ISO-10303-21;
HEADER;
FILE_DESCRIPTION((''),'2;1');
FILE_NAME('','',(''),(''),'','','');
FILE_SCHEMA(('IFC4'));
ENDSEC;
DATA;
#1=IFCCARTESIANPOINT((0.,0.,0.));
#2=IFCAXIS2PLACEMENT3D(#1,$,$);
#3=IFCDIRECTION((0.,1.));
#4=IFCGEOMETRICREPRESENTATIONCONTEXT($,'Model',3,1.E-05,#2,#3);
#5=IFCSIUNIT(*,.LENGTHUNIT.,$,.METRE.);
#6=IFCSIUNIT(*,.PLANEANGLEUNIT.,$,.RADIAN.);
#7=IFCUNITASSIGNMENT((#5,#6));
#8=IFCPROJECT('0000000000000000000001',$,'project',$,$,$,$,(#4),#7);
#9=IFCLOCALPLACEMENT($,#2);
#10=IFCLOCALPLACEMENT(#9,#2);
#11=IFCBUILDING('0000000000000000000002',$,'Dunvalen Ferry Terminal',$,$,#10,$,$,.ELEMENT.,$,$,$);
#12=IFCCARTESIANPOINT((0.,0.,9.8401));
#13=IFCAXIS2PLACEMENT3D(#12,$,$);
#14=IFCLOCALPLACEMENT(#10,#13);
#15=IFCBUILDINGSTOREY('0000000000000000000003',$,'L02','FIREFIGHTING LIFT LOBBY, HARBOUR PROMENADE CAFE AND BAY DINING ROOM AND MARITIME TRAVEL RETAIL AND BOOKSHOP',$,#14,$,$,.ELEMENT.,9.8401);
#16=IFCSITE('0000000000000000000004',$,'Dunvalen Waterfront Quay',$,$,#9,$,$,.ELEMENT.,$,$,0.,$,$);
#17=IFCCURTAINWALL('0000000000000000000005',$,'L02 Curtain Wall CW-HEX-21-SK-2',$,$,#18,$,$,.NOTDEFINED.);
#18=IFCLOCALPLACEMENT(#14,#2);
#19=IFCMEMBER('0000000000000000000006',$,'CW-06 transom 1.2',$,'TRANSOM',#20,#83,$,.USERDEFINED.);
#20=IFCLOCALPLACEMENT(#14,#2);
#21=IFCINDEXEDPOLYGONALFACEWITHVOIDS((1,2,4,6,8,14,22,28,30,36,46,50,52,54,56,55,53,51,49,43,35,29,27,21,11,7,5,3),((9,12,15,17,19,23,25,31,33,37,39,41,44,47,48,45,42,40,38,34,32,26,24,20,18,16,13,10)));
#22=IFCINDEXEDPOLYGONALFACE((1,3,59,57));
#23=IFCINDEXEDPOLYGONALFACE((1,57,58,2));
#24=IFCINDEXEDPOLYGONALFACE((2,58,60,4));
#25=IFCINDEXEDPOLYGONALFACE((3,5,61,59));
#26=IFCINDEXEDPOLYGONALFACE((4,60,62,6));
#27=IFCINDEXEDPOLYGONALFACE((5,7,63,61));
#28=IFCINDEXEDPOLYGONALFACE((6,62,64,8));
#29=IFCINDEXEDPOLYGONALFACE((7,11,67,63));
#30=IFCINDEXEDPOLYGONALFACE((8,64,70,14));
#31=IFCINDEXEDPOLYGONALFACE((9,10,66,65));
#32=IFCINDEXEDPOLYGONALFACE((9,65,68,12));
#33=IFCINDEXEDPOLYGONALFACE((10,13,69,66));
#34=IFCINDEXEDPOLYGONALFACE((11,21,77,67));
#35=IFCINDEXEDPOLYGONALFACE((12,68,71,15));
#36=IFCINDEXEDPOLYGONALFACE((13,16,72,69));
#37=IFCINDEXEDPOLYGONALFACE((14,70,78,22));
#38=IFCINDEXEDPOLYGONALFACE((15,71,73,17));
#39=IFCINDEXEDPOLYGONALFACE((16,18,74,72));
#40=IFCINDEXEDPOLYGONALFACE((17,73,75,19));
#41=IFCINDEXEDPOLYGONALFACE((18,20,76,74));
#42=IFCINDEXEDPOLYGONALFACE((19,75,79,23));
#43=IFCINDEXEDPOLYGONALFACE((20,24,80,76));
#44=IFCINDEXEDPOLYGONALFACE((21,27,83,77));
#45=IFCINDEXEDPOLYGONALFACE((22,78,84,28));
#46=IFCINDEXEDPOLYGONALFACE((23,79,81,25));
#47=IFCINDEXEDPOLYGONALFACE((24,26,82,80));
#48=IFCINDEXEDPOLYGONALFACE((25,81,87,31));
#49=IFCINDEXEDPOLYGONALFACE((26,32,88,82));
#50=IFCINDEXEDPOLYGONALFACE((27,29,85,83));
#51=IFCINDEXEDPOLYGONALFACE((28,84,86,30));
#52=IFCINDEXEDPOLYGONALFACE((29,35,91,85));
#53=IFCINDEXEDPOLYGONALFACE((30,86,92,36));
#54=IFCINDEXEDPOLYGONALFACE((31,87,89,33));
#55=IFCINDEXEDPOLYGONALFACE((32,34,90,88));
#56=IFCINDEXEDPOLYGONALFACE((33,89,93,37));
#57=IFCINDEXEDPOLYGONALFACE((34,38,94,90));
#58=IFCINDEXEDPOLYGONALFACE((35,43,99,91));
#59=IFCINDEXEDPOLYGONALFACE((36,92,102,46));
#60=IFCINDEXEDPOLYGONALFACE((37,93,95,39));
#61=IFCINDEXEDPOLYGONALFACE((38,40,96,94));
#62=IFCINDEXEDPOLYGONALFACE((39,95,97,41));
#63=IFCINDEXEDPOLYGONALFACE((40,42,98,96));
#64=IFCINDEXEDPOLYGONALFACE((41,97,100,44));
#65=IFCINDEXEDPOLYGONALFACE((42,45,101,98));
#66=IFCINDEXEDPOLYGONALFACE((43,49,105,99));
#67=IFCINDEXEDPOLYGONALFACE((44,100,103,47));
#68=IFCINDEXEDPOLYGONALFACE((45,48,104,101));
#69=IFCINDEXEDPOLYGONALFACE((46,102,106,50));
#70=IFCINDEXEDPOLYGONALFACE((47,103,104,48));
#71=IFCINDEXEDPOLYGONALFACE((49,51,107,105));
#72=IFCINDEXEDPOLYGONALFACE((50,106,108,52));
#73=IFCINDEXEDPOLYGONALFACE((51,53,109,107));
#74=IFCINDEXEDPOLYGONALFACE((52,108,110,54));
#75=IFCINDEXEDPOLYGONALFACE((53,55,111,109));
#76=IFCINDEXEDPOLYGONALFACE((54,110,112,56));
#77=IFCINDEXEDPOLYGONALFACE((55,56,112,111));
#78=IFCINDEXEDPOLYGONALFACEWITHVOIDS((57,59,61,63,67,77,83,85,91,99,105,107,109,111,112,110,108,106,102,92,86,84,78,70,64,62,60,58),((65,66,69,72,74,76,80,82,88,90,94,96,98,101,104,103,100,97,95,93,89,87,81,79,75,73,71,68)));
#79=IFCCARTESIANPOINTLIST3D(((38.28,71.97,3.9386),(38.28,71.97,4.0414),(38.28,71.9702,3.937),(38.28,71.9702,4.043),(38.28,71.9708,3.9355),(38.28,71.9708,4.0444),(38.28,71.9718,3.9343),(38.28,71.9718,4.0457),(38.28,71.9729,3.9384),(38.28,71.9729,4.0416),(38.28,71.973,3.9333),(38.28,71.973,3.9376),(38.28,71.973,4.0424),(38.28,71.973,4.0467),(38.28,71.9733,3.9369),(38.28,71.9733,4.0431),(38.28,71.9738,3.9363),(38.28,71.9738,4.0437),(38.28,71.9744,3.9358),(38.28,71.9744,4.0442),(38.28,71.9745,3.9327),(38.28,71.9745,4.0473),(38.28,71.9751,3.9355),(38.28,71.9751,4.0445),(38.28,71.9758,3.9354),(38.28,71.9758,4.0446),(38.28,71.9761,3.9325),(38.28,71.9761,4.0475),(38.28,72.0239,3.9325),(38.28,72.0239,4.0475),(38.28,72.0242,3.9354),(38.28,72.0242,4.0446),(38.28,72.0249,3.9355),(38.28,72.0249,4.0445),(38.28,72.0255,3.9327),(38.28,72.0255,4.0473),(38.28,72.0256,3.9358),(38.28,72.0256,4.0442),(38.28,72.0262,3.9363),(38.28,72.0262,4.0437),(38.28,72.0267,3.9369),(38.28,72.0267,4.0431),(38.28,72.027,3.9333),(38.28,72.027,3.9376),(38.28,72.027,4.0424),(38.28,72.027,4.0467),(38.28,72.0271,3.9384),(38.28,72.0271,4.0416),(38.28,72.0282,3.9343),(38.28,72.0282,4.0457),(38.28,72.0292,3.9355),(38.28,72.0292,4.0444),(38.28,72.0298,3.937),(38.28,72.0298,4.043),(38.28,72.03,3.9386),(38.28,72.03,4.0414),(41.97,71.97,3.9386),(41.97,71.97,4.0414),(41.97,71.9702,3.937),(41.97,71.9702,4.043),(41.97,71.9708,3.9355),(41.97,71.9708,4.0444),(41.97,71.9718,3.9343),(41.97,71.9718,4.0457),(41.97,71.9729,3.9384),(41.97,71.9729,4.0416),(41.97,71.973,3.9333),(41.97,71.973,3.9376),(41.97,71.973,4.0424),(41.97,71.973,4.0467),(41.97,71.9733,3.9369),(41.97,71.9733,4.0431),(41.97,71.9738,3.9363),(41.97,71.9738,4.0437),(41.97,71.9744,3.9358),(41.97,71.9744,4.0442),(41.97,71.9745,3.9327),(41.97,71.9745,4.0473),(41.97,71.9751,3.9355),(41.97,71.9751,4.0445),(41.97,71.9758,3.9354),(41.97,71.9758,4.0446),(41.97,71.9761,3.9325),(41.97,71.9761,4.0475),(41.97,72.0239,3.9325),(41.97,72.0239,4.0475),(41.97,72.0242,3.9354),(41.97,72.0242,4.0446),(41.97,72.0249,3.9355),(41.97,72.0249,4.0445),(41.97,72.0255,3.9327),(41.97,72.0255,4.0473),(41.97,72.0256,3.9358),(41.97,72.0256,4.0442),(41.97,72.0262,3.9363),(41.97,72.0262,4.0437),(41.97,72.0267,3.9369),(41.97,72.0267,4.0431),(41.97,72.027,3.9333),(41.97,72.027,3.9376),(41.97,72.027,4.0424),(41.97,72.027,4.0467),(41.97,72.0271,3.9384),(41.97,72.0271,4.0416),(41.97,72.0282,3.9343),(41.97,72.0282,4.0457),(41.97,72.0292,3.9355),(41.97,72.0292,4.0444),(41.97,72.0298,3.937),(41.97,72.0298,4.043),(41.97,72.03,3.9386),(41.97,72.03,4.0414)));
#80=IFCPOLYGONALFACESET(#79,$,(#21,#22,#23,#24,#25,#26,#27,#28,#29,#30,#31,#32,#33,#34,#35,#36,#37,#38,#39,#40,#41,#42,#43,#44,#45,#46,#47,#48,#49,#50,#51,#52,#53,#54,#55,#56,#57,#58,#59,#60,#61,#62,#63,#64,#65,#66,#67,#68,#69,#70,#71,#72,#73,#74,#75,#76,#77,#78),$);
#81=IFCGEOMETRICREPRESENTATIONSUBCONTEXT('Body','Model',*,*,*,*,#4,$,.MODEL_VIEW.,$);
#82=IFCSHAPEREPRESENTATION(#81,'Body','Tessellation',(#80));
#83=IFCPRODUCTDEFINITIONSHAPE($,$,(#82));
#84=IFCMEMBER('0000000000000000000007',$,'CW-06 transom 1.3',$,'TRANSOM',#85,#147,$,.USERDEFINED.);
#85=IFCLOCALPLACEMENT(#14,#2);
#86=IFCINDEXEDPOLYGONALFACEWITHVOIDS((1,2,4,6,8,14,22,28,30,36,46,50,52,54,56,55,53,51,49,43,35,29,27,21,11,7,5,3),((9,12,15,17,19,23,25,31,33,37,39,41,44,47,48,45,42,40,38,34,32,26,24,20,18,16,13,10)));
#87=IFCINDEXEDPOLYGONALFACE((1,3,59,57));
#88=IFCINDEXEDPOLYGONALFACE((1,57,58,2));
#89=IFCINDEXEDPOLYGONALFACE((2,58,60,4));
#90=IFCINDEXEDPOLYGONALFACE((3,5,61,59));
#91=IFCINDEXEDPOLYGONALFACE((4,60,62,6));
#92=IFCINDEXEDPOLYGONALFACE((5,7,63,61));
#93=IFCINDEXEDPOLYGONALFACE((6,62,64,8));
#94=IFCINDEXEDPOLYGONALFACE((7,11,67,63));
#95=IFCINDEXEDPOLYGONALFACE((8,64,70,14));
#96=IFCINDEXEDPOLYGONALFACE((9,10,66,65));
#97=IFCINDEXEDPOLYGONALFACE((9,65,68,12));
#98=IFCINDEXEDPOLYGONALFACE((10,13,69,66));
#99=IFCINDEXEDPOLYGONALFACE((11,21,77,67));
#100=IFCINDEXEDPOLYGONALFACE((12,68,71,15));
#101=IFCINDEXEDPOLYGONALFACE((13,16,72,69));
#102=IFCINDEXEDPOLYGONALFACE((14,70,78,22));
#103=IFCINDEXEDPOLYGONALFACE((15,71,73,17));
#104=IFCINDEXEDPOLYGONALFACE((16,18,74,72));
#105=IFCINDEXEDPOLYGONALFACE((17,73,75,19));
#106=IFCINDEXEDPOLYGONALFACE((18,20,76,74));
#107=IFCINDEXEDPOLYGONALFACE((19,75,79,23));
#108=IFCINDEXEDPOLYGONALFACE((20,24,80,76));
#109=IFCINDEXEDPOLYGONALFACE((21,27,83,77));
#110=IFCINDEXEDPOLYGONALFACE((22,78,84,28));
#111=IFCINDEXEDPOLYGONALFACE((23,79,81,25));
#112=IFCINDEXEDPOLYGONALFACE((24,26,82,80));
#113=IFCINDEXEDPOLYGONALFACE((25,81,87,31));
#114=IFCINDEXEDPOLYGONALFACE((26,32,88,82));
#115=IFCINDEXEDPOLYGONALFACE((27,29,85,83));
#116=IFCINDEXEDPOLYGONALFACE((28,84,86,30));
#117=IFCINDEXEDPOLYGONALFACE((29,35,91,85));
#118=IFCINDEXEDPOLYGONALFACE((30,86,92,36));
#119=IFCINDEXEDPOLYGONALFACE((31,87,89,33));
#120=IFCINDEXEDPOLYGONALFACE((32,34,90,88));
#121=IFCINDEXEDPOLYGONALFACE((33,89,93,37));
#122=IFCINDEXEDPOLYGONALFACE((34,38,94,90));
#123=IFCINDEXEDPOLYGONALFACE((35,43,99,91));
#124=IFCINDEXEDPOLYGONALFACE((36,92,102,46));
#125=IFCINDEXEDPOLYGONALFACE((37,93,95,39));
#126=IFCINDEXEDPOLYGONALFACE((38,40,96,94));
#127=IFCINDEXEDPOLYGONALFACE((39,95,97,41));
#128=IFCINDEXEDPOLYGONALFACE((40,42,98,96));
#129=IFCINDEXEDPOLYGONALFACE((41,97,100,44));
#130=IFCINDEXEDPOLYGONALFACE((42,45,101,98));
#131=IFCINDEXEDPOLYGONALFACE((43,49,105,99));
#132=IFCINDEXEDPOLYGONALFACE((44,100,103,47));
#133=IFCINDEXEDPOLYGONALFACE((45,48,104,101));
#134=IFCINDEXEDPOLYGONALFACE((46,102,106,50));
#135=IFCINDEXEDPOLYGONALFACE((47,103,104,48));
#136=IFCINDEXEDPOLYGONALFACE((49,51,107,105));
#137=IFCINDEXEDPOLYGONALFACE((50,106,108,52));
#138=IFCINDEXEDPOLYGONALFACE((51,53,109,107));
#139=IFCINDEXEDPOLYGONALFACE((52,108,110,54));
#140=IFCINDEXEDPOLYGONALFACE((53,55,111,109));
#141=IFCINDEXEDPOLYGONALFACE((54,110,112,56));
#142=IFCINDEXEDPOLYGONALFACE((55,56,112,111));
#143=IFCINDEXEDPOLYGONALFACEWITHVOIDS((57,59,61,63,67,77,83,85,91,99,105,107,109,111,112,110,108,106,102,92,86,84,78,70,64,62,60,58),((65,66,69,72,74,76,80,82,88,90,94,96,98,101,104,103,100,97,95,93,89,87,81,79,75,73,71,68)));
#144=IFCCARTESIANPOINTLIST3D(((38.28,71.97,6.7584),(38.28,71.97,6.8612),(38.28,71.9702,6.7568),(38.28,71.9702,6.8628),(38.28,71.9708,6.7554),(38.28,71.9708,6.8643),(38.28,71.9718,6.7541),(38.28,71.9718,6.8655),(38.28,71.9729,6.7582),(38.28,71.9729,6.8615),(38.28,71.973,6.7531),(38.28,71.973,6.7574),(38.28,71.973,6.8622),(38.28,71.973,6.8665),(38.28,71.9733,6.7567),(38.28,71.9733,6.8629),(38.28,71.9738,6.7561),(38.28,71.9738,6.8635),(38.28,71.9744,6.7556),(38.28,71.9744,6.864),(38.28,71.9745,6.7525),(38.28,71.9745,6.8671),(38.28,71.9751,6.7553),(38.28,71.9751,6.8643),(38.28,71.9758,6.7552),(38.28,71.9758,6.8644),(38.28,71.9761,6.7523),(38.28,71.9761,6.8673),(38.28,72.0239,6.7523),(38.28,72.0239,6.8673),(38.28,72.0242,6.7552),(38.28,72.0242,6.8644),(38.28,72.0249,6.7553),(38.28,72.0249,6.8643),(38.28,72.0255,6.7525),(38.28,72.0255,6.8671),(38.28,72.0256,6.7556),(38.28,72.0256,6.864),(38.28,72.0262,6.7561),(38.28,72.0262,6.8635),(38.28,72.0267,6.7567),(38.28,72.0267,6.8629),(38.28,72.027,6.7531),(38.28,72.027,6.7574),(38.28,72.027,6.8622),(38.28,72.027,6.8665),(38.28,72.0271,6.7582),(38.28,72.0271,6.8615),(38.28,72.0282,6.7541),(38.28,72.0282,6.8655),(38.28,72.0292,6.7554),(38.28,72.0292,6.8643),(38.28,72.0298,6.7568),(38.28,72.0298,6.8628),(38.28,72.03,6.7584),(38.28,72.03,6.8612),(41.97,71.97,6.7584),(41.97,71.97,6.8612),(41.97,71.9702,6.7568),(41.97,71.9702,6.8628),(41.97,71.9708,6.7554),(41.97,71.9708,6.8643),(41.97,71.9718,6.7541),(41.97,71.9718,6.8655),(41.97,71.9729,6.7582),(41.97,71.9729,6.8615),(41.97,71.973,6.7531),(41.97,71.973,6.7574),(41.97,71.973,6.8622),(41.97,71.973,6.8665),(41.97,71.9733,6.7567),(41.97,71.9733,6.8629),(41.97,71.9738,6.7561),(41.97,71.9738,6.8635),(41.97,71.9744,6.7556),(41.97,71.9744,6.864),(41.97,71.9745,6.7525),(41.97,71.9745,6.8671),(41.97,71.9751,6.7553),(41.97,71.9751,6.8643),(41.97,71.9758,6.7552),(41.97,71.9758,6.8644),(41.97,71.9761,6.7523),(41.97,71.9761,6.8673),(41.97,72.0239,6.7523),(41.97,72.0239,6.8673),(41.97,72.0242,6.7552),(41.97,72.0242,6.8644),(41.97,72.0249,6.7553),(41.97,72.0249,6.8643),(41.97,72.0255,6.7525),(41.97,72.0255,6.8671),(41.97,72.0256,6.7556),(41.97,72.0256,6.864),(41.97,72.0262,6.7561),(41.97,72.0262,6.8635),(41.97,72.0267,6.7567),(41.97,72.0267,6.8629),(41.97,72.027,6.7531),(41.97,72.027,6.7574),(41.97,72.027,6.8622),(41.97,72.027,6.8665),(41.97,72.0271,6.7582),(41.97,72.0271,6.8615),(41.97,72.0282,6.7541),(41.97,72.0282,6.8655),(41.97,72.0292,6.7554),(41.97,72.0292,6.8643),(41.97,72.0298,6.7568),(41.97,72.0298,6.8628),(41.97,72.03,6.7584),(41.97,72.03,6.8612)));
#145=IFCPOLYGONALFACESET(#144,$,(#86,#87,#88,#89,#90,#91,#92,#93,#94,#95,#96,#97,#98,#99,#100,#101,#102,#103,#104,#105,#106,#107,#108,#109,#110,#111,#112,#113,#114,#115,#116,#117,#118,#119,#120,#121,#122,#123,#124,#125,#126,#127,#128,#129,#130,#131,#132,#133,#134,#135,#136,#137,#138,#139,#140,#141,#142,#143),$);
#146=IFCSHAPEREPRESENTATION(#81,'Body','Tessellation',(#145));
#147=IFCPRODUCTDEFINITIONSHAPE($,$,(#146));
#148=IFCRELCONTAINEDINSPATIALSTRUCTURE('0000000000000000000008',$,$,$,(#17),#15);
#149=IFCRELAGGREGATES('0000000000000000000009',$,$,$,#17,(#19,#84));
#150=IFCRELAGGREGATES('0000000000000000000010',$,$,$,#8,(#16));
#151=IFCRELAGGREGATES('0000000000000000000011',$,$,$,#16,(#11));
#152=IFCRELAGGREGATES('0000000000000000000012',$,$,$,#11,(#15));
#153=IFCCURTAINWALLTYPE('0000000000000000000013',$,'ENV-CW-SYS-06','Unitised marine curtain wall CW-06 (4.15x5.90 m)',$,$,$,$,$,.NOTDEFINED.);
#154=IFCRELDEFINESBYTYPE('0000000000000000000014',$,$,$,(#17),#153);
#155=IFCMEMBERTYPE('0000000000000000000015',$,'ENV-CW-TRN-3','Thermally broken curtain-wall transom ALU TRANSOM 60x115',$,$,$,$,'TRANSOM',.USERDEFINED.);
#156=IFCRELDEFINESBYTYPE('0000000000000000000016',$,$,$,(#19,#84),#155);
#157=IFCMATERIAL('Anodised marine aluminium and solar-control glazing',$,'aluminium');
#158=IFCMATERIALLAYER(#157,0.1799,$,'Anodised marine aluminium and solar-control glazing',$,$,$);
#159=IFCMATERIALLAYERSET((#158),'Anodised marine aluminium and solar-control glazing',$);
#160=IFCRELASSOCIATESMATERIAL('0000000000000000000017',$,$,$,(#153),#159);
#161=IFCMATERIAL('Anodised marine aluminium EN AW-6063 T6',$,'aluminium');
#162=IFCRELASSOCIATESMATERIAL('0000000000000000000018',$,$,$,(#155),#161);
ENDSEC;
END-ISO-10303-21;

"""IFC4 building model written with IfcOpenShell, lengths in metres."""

from ifc_helpers import new_model, si_unit, direction, frame, origin, origin_2d, place, context, subcontext, project, spatial, hollow_rectangle, extrude, material, layer, layer_set, material_profile, profile_set, type_object, element, aggregate, save


model = new_model("IFC4")

# Units and contexts
model_context = context("Model", 3, precision=1e-05, world=origin(), true_north=direction((0.0, 1.0)))
body_context = subcontext(model_context, "Body", "Model", "MODEL_VIEW")
ifc_project = project(units=[si_unit("LENGTHUNIT", "METRE"), si_unit("PLANEANGLEUNIT", "RADIAN")], contexts=[model_context])

# Site, building, storey
site_placement = place(None, origin())
site = spatial("IfcSite", under=ifc_project, at=site_placement, Name="Dunvalen Waterfront Quay", CompositionType="ELEMENT", RefElevation=0.0)
building_placement = place(site_placement, origin())
building = spatial("IfcBuilding", under=site, at=building_placement, Name="Dunvalen Ferry Terminal", CompositionType="ELEMENT")
storey_placement = place(building_placement, frame((0.0, 0.0, 9.8401)))
storey = spatial("IfcBuildingStorey", under=building, at=storey_placement, Name="L02", Description="FIREFIGHTING LIFT LOBBY, HARBOUR PROMENADE CAFE AND BAY DINING ROOM AND MARITIME TRAVEL RETAIL AND BOOKSHOP", CompositionType="ELEMENT", Elevation=9.8401)

# Curtain wall, members
ifc_material_1 = material(Name="Anodised marine aluminium and solar-control glazing", Category="aluminium")
ifc_layer_1 = layer(ifc_material_1, 0.1799, Name="Anodised marine aluminium and solar-control glazing")
ifc_layer_set_1 = layer_set([ifc_layer_1], Name="Anodised marine aluminium and solar-control glazing")
curtain_wall_type = type_object("IfcCurtainWallType", Name="ENV-CW-SYS-06", Description="Unitised marine curtain wall CW-06 (4.15x5.90 m)", PredefinedType="NOTDEFINED", material=ifc_layer_set_1)
curtain_wall_placement = place(storey_placement, origin())
curtain_wall = element("IfcCurtainWall", 1, at=curtain_wall_placement, inside=storey, type_object=curtain_wall_type, Name="L02 Curtain Wall CW-HEX-21-SK-2", PredefinedType="NOTDEFINED")
ifc_material_2 = material(Name="Anodised marine aluminium EN AW-6063 T6", Category="aluminium")
ifc_material_profile_1 = material_profile(ifc_material_2, hollow_rectangle(XDim=0.0601, YDim=0.115, WallThickness=0.0029, InnerFilletRadius=0.0029, OuterFilletRadius=0.0061, at=origin_2d()), Name="Anodised marine aluminium EN AW-6063 T6")
ifc_profile_set_1 = profile_set([ifc_material_profile_1], Name="Anodised marine aluminium EN AW-6063 T6")
member_type_1 = type_object("IfcMemberType", Name="ENV-CW-TRN-3", Description="Thermally broken curtain-wall transom ALU TRANSOM 60x115", ElementType="TRANSOM", PredefinedType="USERDEFINED", material=ifc_profile_set_1)
member_1_placement = place(storey_placement, frame((38.28, 72.0, 3.99), z_axis=(1.0, 0.0, 0.0), x_axis=(0.0, 1.0, 0.0)))
member_1 = element("IfcMember", 2, at=member_1_placement, type_object=member_type_1, Name="CW-06 transom 1.2", ObjectType="TRANSOM", PredefinedType="USERDEFINED", context=body_context, shape_type="SweptSolid", body=[
    extrude(hollow_rectangle(XDim=0.0601, YDim=0.115, WallThickness=0.0029, InnerFilletRadius=0.0029, OuterFilletRadius=0.0061, at=origin_2d()), origin(), (0.0, 0.0, 1.0), 3.6899),
])
member_2_placement = place(storey_placement, frame((38.28, 72.0, 6.8098), z_axis=(1.0, 0.0, 0.0), x_axis=(0.0, 1.0, 0.0)))
member_2 = element("IfcMember", 3, at=member_2_placement, type_object=member_type_1, Name="CW-06 transom 1.3", ObjectType="TRANSOM", PredefinedType="USERDEFINED", context=body_context, shape_type="SweptSolid", body=[
    extrude(hollow_rectangle(XDim=0.0601, YDim=0.115, WallThickness=0.0029, InnerFilletRadius=0.0029, OuterFilletRadius=0.0061, at=origin_2d()), origin(), (0.0, 0.0, 1.0), 3.6899),
])

aggregate(curtain_wall, [member_1, member_2])

save(model, "model.ifc")
